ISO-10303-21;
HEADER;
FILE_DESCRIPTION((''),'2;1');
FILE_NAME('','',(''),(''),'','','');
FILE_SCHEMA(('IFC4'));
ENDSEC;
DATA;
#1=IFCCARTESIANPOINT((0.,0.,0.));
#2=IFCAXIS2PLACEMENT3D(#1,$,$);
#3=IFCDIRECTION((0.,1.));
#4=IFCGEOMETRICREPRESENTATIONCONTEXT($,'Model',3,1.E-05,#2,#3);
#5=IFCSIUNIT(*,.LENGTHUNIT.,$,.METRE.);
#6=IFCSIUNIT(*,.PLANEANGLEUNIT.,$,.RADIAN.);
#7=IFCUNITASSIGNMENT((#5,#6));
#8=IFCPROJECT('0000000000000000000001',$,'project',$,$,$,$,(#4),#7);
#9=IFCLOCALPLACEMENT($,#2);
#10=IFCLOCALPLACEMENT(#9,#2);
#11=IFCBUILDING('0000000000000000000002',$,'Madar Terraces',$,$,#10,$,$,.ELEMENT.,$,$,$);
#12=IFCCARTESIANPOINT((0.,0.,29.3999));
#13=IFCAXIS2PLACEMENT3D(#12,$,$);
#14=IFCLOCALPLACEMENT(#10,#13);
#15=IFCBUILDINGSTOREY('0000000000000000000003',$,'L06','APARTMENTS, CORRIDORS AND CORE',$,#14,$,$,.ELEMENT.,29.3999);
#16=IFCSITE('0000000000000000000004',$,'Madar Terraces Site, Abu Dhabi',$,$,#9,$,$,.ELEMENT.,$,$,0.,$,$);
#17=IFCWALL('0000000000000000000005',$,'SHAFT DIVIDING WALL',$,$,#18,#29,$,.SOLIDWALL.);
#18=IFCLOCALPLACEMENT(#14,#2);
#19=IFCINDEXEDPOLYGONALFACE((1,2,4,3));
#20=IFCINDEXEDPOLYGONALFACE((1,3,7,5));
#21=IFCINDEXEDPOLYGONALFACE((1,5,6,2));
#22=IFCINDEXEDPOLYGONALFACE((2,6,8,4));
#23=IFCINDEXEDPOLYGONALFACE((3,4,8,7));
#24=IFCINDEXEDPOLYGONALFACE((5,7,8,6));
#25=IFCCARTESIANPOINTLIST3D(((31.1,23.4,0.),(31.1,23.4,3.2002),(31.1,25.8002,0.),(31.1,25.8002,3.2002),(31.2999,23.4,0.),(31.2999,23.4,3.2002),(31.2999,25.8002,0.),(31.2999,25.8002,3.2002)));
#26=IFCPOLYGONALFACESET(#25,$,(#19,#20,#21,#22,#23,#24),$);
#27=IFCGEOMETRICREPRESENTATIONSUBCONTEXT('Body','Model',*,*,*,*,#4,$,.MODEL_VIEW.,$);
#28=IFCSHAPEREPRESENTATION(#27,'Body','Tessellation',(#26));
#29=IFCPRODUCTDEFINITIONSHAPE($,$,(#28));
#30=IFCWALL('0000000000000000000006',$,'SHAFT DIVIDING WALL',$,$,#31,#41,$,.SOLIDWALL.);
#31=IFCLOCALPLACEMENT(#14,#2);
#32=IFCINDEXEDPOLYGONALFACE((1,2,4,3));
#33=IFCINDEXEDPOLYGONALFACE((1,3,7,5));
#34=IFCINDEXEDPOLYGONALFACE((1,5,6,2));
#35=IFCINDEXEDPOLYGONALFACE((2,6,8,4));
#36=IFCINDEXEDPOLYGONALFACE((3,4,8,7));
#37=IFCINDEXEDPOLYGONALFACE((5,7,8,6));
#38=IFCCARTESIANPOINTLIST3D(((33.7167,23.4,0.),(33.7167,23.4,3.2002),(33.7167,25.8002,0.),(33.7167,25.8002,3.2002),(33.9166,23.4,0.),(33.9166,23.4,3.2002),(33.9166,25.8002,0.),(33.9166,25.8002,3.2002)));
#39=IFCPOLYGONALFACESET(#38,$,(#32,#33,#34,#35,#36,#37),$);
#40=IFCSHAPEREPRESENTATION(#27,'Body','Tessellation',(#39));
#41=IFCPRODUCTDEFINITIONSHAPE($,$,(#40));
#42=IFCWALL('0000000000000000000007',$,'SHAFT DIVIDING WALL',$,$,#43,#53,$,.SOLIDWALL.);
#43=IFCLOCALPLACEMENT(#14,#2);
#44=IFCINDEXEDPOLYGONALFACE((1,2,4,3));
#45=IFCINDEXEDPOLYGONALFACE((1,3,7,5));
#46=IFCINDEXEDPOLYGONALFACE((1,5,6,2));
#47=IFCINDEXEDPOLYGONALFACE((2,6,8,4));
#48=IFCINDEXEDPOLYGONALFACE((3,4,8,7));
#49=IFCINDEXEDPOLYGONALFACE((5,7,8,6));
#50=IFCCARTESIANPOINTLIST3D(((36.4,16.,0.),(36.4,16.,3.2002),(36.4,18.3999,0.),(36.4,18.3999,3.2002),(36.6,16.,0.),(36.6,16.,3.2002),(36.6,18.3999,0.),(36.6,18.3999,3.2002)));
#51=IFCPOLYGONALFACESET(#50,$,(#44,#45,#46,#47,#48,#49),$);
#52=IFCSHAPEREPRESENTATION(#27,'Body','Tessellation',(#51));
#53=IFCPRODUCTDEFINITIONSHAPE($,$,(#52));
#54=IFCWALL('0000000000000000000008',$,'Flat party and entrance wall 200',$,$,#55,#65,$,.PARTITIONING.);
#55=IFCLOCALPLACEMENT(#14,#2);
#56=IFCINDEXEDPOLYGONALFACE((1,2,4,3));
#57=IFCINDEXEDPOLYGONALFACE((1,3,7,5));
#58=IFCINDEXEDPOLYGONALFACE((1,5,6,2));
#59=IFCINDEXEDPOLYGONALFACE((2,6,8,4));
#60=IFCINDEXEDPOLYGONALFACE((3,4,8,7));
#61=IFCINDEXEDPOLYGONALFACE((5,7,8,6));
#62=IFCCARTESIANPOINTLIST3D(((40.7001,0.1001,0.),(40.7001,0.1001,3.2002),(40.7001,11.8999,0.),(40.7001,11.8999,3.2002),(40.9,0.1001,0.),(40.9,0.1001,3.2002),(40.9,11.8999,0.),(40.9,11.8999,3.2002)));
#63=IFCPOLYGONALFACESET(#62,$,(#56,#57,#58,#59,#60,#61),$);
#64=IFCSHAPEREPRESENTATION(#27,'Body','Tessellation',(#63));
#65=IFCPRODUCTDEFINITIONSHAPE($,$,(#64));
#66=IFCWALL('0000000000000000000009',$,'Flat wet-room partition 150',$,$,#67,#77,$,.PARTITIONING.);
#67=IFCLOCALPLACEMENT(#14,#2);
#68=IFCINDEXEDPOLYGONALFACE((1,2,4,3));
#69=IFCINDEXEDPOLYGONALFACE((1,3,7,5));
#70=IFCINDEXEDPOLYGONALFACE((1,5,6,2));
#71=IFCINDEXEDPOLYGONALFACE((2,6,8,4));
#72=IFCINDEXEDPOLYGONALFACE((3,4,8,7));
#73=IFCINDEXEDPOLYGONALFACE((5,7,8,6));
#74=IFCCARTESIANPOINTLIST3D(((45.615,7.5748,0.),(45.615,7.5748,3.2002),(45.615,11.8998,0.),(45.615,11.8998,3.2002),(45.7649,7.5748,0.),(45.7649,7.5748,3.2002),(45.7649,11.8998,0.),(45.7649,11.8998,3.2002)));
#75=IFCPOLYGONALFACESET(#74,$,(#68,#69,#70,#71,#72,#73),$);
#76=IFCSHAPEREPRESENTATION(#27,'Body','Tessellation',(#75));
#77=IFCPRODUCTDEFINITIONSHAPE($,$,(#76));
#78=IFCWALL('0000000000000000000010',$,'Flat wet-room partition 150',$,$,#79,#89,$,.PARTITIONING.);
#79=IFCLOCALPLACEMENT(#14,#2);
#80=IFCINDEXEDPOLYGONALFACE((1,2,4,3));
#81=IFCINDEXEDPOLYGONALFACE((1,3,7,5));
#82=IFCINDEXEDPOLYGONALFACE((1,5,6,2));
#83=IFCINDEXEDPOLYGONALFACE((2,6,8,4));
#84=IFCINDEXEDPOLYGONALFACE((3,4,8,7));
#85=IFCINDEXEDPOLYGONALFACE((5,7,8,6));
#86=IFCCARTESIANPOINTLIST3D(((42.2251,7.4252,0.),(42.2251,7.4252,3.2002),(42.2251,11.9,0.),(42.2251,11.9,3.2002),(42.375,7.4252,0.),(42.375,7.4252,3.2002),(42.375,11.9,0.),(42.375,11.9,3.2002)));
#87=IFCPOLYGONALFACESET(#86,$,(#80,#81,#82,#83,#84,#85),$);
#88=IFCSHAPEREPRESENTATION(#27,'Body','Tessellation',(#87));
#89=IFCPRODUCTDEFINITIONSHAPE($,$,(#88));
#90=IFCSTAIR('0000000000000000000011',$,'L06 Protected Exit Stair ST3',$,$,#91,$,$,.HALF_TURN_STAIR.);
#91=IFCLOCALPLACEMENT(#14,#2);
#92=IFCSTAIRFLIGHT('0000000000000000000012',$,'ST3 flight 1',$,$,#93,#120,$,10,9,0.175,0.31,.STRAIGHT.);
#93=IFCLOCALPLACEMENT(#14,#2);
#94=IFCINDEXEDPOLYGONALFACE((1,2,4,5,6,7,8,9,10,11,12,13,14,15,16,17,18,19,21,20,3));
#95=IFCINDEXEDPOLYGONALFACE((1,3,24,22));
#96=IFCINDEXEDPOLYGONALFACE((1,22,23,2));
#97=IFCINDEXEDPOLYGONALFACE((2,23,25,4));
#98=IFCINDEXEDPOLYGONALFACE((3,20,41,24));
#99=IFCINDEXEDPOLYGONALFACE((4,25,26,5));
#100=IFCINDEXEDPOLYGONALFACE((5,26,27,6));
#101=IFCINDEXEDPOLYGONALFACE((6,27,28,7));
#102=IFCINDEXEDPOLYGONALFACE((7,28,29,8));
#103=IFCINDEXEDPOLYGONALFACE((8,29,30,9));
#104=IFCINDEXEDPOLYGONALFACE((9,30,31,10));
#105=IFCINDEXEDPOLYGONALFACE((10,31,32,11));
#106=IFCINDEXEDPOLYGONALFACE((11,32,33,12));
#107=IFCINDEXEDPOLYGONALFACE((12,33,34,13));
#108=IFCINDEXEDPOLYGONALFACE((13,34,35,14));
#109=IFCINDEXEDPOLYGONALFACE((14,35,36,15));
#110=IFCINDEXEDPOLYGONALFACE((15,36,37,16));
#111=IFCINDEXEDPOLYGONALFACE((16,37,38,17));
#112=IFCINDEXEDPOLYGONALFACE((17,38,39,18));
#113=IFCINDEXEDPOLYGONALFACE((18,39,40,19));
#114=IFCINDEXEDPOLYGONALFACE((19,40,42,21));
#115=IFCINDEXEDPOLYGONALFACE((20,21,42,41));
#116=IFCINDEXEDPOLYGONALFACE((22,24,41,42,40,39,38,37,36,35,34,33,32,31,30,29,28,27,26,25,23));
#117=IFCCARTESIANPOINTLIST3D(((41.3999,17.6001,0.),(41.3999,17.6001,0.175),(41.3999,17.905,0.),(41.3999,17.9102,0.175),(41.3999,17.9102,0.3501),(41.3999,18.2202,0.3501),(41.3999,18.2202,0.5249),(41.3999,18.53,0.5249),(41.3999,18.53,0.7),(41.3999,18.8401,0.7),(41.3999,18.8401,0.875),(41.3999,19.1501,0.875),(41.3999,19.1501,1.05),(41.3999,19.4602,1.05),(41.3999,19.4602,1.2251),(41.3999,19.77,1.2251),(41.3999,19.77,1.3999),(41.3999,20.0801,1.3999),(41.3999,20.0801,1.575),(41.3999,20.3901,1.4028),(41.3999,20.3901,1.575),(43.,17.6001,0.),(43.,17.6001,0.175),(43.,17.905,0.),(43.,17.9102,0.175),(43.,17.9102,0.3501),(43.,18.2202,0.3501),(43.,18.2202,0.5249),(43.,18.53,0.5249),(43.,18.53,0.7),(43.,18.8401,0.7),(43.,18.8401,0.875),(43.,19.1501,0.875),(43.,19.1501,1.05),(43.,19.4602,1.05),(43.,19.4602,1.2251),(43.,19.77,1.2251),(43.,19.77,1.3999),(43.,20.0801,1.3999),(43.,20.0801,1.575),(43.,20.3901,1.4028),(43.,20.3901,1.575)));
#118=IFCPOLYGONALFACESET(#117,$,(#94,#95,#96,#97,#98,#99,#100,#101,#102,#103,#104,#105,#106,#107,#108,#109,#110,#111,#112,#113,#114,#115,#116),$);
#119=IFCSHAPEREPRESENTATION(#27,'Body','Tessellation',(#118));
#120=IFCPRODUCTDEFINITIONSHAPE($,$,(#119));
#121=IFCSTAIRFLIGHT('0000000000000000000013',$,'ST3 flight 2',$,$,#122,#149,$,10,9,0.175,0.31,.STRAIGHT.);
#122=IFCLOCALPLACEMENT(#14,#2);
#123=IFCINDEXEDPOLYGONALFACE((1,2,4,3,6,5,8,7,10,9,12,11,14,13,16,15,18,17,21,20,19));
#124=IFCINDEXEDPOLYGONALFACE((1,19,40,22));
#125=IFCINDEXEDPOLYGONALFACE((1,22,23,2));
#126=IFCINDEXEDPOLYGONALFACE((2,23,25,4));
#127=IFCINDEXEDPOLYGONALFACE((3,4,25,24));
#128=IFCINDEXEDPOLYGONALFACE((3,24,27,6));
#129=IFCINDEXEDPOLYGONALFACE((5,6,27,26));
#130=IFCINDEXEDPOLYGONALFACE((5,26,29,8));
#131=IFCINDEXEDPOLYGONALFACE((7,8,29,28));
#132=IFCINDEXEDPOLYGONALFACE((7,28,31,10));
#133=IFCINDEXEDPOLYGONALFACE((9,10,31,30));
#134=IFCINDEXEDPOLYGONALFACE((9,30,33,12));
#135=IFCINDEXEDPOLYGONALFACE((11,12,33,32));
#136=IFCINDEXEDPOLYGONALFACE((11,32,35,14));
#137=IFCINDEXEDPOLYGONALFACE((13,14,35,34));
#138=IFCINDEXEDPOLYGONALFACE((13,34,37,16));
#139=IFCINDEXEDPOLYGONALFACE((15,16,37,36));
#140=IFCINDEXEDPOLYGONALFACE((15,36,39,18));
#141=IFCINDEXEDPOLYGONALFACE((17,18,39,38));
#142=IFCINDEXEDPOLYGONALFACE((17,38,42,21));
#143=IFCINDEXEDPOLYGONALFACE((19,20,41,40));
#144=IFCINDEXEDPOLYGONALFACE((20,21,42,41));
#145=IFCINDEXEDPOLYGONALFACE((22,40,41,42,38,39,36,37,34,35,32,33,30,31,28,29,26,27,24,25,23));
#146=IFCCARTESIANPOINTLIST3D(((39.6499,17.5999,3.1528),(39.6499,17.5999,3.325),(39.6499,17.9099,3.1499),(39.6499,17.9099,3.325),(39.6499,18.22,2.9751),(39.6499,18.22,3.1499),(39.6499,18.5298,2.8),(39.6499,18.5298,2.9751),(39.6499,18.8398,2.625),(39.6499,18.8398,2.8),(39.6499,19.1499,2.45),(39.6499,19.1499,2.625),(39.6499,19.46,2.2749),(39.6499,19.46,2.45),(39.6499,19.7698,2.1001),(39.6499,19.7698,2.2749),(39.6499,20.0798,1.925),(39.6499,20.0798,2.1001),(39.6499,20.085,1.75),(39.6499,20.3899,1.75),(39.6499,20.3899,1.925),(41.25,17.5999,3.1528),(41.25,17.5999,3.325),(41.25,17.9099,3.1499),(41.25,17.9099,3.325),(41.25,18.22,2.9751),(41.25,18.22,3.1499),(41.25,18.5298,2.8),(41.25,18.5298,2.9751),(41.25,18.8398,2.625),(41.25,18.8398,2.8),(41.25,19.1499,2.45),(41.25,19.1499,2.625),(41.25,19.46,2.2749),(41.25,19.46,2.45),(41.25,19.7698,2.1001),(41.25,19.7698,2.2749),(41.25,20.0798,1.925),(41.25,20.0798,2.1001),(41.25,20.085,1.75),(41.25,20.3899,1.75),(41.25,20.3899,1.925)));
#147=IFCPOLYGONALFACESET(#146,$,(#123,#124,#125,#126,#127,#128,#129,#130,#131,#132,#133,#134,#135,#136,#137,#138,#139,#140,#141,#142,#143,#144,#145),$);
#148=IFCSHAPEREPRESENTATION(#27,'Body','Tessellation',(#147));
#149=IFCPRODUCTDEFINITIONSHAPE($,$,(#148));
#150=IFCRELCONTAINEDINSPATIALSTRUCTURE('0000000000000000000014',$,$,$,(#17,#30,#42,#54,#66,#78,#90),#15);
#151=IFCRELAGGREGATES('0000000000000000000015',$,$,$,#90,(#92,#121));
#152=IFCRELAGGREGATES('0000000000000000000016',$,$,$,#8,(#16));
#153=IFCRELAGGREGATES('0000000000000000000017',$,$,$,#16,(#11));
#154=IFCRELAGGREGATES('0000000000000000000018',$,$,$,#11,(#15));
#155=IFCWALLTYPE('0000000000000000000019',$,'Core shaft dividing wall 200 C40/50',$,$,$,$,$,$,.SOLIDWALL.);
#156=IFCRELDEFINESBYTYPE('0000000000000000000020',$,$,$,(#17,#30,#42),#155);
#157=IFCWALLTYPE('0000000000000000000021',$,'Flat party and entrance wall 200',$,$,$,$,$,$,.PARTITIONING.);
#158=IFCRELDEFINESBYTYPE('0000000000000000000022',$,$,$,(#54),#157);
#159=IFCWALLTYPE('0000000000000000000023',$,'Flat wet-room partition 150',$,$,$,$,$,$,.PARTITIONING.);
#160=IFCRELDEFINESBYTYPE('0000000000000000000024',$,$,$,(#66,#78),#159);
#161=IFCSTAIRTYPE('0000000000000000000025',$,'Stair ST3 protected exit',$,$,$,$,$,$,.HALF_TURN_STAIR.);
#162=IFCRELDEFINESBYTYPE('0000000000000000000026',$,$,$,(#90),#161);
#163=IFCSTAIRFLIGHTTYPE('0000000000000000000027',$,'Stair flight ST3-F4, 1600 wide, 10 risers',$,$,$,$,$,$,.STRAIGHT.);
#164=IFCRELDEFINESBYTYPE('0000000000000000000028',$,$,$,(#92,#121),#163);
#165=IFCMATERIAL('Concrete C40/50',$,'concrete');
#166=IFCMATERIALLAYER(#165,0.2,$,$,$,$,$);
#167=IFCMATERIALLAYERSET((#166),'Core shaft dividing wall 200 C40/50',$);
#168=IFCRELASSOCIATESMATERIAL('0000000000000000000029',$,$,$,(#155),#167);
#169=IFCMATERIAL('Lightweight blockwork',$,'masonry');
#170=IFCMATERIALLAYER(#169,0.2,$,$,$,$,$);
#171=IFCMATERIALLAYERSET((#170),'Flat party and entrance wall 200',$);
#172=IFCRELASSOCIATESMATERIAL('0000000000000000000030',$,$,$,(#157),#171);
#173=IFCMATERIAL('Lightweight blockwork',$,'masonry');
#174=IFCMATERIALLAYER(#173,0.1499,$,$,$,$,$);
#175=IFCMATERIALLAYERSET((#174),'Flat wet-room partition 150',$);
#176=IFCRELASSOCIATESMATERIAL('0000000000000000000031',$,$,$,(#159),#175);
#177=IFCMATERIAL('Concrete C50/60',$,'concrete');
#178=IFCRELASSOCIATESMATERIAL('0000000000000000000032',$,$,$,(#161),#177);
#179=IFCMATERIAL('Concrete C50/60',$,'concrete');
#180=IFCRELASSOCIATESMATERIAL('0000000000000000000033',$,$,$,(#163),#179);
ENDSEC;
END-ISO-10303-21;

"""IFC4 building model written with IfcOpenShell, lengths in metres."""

from ifc_helpers import new_model, si_unit, direction, frame, frame_2d, origin, place, context, subcontext, project, spatial, polyline, rectangle, outline, extrude, material, layer, layer_set, type_object, element, aggregate, save


model = new_model("IFC4")

# Units and contexts
model_context = context("Model", 3, precision=1e-05, world=origin(), true_north=direction((0.0, 1.0)))
body_context = subcontext(model_context, "Body", "Model", "MODEL_VIEW")
ifc_project = project(units=[si_unit("LENGTHUNIT", "METRE"), si_unit("PLANEANGLEUNIT", "RADIAN")], contexts=[model_context])

# Site, building, storey
site_placement = place(None, origin())
site = spatial("IfcSite", under=ifc_project, at=site_placement, Name="Madar Terraces Site, Abu Dhabi", CompositionType="ELEMENT", RefElevation=0.0)
building_placement = place(site_placement, origin())
building = spatial("IfcBuilding", under=site, at=building_placement, Name="Madar Terraces", CompositionType="ELEMENT")
storey_placement = place(building_placement, frame((0.0, 0.0, 29.3999)))
storey = spatial("IfcBuildingStorey", under=building, at=storey_placement, Name="L06", Description="APARTMENTS, CORRIDORS AND CORE", CompositionType="ELEMENT", Elevation=29.3999)

# Walls
ifc_material_1 = material(Name="Concrete C40/50", Category="concrete")
ifc_layer_1 = layer(ifc_material_1, 0.2)
ifc_layer_set_1 = layer_set([ifc_layer_1], Name="Core shaft dividing wall 200 C40/50")
wall_type_1 = type_object("IfcWallType", Name="Core shaft dividing wall 200 C40/50", PredefinedType="SOLIDWALL", material=ifc_layer_set_1)
for number, where, z_axis, x_axis, name in (
    (1, (31.2, 23.3999, 0.0), (0.0, 0.0, 1.0), (0.0, 1.0, 0.0), "SHAFT DIVIDING WALL"),
    (2, (33.8167, 23.3999, 0.0), (0.0, 0.0, 1.0), (0.0, 1.0, 0.0), "SHAFT DIVIDING WALL"),
):
    element("IfcWall", number, at=place(storey_placement, frame(where, z_axis=z_axis, x_axis=x_axis)), inside=storey, type_object=wall_type_1, Name=name, PredefinedType="SOLIDWALL", context=body_context, shape_type="SweptSolid", body=[
        extrude(rectangle(XDim=2.4001, YDim=0.2, at=frame_2d((1.2002, 0.0))), origin(), (0.0, 0.0, 1.0), 3.2002),
    ])
wall_1_placement = place(storey_placement, frame((36.5, 16.0, 0.0), z_axis=(0.0, 0.0, 1.0), x_axis=(0.0, 1.0, 0.0)))
element("IfcWall", 3, at=wall_1_placement, inside=storey, type_object=wall_type_1, Name="SHAFT DIVIDING WALL", PredefinedType="SOLIDWALL", context=body_context, shape_type="SweptSolid", body=[
    extrude(rectangle(XDim=2.3999, YDim=0.2, at=frame_2d((1.2, 0.0))), origin(), (0.0, 0.0, 1.0), 3.2002),
])
ifc_material_2 = material(Name="Lightweight blockwork", Category="masonry")
ifc_layer_2 = layer(ifc_material_2, 0.2)
ifc_layer_set_2 = layer_set([ifc_layer_2], Name="Flat party and entrance wall 200")
wall_type_2 = type_object("IfcWallType", Name="Flat party and entrance wall 200", PredefinedType="PARTITIONING", material=ifc_layer_set_2)
wall_2_placement = place(storey_placement, frame((40.8, 11.8999, 0.0), z_axis=(0.0, 0.0, 1.0), x_axis=(0.0, -1.0, 0.0)))
element("IfcWall", 4, at=wall_2_placement, inside=storey, type_object=wall_type_2, Name="Flat party and entrance wall 200", PredefinedType="PARTITIONING", context=body_context, shape_type="SweptSolid", body=[
    extrude(rectangle(XDim=11.7998, YDim=0.2, at=frame_2d((5.8999, 0.0))), origin(), (0.0, 0.0, 1.0), 3.2002),
])
ifc_material_3 = material(Name="Lightweight blockwork", Category="masonry")
ifc_layer_3 = layer(ifc_material_3, 0.1499)
ifc_layer_set_3 = layer_set([ifc_layer_3], Name="Flat wet-room partition 150")
wall_type_3 = type_object("IfcWallType", Name="Flat wet-room partition 150", PredefinedType="PARTITIONING", material=ifc_layer_set_3)
wall_3_placement = place(storey_placement, frame((45.6899, 11.8999, 0.0), z_axis=(0.0, 0.0, 1.0), x_axis=(0.0, -1.0, 0.0)))
element("IfcWall", 5, at=wall_3_placement, inside=storey, type_object=wall_type_3, Name="Flat wet-room partition 150", PredefinedType="PARTITIONING", context=body_context, shape_type="SweptSolid", body=[
    extrude(rectangle(XDim=4.325, YDim=0.1499, at=frame_2d((2.1626, 0.0))), origin(), (0.0, 0.0, 1.0), 3.2002),
])
wall_4_placement = place(storey_placement, frame((42.3, 11.8999, 0.0), z_axis=(0.0, 0.0, 1.0), x_axis=(0.0, -1.0, 0.0)))
element("IfcWall", 6, at=wall_4_placement, inside=storey, type_object=wall_type_3, Name="Flat wet-room partition 150", PredefinedType="PARTITIONING", context=body_context, shape_type="SweptSolid", body=[
    extrude(rectangle(XDim=4.4749, YDim=0.1499, at=frame_2d((2.2373, 0.0))), origin(), (0.0, 0.0, 1.0), 3.2002),
])

# Stair, stair flights
ifc_material_4 = material(Name="Concrete C50/60", Category="concrete")
stair_type = type_object("IfcStairType", Name="Stair ST3 protected exit", PredefinedType="HALF_TURN_STAIR", material=ifc_material_4)
stair_placement = place(storey_placement, origin())
stair = element("IfcStair", 7, at=stair_placement, inside=storey, type_object=stair_type, Name="L06 Protected Exit Stair ST3", PredefinedType="HALF_TURN_STAIR")
ifc_material_5 = material(Name="Concrete C50/60", Category="concrete")
stair_flight_type = type_object("IfcStairFlightType", Name="Stair flight ST3-F4, 1600 wide, 10 risers", PredefinedType="STRAIGHT", material=ifc_material_5)
stair_flight_1_placement = place(storey_placement, frame((42.2, 17.6001, 0.0), z_axis=(0.0, 0.0, 1.0), x_axis=(0.0, 1.0, 0.0)))
stair_flight_1 = element("IfcStairFlight", 8, at=stair_flight_1_placement, type_object=stair_flight_type, Name="ST3 flight 1", NumberOfRisers=10, NumberOfTreads=9, PredefinedType="STRAIGHT", RiserHeight=0.175, TreadLength=0.31, context=body_context, shape_type="SweptSolid", body=[
    extrude(outline(polyline([(0.0, 0.0), (0.0, 0.175), (0.3101, 0.175), (0.3101, 0.3501), (0.6201, 0.3501), (0.6201, 0.5249), (0.9299, 0.5249), (0.9299, 0.7), (1.24, 0.7), (1.24, 0.875), (1.55, 0.875), (1.55, 1.05), (1.8601, 1.05), (1.8601, 1.2251), (2.1699, 1.2251), (2.1699, 1.3999), (2.48, 1.3999), (2.48, 1.575), (2.79, 1.575), (2.79, 1.75), (2.79, 1.4028), (0.3049, 0.0), (0.0, 0.0)])), frame((0.0, 0.8, 0.0), z_axis=(0.0, -1.0, 0.0), x_axis=(1.0, 0.0, 0.0)), (0.0, 0.0, 1.0), 1.6001),
])
stair_flight_2_placement = place(storey_placement, frame((40.45, 20.3899, 1.75), z_axis=(0.0, 0.0, 1.0), x_axis=(0.0, -1.0, 0.0)))
stair_flight_2 = element("IfcStairFlight", 9, at=stair_flight_2_placement, type_object=stair_flight_type, Name="ST3 flight 2", NumberOfRisers=10, NumberOfTreads=9, PredefinedType="STRAIGHT", RiserHeight=0.175, TreadLength=0.31, context=body_context, shape_type="SweptSolid", body=[
    extrude(outline(polyline([(0.0, 0.0), (0.0, 0.175), (0.3101, 0.175), (0.3101, 0.3501), (0.6201, 0.3501), (0.6201, 0.5249), (0.9299, 0.5249), (0.9299, 0.7), (1.24, 0.7), (1.24, 0.875), (1.55, 0.875), (1.55, 1.05), (1.8601, 1.05), (1.8601, 1.2251), (2.1699, 1.2251), (2.1699, 1.3999), (2.48, 1.3999), (2.48, 1.575), (2.79, 1.575), (2.79, 1.75), (2.79, 1.4028), (0.3049, 0.0), (0.0, 0.0)])), frame((0.0, 0.8, 0.0), z_axis=(0.0, -1.0, 0.0), x_axis=(1.0, 0.0, 0.0)), (0.0, 0.0, 1.0), 1.6001),
])
aggregate(stair, [stair_flight_1, stair_flight_2])

save(model, "model.ifc")
